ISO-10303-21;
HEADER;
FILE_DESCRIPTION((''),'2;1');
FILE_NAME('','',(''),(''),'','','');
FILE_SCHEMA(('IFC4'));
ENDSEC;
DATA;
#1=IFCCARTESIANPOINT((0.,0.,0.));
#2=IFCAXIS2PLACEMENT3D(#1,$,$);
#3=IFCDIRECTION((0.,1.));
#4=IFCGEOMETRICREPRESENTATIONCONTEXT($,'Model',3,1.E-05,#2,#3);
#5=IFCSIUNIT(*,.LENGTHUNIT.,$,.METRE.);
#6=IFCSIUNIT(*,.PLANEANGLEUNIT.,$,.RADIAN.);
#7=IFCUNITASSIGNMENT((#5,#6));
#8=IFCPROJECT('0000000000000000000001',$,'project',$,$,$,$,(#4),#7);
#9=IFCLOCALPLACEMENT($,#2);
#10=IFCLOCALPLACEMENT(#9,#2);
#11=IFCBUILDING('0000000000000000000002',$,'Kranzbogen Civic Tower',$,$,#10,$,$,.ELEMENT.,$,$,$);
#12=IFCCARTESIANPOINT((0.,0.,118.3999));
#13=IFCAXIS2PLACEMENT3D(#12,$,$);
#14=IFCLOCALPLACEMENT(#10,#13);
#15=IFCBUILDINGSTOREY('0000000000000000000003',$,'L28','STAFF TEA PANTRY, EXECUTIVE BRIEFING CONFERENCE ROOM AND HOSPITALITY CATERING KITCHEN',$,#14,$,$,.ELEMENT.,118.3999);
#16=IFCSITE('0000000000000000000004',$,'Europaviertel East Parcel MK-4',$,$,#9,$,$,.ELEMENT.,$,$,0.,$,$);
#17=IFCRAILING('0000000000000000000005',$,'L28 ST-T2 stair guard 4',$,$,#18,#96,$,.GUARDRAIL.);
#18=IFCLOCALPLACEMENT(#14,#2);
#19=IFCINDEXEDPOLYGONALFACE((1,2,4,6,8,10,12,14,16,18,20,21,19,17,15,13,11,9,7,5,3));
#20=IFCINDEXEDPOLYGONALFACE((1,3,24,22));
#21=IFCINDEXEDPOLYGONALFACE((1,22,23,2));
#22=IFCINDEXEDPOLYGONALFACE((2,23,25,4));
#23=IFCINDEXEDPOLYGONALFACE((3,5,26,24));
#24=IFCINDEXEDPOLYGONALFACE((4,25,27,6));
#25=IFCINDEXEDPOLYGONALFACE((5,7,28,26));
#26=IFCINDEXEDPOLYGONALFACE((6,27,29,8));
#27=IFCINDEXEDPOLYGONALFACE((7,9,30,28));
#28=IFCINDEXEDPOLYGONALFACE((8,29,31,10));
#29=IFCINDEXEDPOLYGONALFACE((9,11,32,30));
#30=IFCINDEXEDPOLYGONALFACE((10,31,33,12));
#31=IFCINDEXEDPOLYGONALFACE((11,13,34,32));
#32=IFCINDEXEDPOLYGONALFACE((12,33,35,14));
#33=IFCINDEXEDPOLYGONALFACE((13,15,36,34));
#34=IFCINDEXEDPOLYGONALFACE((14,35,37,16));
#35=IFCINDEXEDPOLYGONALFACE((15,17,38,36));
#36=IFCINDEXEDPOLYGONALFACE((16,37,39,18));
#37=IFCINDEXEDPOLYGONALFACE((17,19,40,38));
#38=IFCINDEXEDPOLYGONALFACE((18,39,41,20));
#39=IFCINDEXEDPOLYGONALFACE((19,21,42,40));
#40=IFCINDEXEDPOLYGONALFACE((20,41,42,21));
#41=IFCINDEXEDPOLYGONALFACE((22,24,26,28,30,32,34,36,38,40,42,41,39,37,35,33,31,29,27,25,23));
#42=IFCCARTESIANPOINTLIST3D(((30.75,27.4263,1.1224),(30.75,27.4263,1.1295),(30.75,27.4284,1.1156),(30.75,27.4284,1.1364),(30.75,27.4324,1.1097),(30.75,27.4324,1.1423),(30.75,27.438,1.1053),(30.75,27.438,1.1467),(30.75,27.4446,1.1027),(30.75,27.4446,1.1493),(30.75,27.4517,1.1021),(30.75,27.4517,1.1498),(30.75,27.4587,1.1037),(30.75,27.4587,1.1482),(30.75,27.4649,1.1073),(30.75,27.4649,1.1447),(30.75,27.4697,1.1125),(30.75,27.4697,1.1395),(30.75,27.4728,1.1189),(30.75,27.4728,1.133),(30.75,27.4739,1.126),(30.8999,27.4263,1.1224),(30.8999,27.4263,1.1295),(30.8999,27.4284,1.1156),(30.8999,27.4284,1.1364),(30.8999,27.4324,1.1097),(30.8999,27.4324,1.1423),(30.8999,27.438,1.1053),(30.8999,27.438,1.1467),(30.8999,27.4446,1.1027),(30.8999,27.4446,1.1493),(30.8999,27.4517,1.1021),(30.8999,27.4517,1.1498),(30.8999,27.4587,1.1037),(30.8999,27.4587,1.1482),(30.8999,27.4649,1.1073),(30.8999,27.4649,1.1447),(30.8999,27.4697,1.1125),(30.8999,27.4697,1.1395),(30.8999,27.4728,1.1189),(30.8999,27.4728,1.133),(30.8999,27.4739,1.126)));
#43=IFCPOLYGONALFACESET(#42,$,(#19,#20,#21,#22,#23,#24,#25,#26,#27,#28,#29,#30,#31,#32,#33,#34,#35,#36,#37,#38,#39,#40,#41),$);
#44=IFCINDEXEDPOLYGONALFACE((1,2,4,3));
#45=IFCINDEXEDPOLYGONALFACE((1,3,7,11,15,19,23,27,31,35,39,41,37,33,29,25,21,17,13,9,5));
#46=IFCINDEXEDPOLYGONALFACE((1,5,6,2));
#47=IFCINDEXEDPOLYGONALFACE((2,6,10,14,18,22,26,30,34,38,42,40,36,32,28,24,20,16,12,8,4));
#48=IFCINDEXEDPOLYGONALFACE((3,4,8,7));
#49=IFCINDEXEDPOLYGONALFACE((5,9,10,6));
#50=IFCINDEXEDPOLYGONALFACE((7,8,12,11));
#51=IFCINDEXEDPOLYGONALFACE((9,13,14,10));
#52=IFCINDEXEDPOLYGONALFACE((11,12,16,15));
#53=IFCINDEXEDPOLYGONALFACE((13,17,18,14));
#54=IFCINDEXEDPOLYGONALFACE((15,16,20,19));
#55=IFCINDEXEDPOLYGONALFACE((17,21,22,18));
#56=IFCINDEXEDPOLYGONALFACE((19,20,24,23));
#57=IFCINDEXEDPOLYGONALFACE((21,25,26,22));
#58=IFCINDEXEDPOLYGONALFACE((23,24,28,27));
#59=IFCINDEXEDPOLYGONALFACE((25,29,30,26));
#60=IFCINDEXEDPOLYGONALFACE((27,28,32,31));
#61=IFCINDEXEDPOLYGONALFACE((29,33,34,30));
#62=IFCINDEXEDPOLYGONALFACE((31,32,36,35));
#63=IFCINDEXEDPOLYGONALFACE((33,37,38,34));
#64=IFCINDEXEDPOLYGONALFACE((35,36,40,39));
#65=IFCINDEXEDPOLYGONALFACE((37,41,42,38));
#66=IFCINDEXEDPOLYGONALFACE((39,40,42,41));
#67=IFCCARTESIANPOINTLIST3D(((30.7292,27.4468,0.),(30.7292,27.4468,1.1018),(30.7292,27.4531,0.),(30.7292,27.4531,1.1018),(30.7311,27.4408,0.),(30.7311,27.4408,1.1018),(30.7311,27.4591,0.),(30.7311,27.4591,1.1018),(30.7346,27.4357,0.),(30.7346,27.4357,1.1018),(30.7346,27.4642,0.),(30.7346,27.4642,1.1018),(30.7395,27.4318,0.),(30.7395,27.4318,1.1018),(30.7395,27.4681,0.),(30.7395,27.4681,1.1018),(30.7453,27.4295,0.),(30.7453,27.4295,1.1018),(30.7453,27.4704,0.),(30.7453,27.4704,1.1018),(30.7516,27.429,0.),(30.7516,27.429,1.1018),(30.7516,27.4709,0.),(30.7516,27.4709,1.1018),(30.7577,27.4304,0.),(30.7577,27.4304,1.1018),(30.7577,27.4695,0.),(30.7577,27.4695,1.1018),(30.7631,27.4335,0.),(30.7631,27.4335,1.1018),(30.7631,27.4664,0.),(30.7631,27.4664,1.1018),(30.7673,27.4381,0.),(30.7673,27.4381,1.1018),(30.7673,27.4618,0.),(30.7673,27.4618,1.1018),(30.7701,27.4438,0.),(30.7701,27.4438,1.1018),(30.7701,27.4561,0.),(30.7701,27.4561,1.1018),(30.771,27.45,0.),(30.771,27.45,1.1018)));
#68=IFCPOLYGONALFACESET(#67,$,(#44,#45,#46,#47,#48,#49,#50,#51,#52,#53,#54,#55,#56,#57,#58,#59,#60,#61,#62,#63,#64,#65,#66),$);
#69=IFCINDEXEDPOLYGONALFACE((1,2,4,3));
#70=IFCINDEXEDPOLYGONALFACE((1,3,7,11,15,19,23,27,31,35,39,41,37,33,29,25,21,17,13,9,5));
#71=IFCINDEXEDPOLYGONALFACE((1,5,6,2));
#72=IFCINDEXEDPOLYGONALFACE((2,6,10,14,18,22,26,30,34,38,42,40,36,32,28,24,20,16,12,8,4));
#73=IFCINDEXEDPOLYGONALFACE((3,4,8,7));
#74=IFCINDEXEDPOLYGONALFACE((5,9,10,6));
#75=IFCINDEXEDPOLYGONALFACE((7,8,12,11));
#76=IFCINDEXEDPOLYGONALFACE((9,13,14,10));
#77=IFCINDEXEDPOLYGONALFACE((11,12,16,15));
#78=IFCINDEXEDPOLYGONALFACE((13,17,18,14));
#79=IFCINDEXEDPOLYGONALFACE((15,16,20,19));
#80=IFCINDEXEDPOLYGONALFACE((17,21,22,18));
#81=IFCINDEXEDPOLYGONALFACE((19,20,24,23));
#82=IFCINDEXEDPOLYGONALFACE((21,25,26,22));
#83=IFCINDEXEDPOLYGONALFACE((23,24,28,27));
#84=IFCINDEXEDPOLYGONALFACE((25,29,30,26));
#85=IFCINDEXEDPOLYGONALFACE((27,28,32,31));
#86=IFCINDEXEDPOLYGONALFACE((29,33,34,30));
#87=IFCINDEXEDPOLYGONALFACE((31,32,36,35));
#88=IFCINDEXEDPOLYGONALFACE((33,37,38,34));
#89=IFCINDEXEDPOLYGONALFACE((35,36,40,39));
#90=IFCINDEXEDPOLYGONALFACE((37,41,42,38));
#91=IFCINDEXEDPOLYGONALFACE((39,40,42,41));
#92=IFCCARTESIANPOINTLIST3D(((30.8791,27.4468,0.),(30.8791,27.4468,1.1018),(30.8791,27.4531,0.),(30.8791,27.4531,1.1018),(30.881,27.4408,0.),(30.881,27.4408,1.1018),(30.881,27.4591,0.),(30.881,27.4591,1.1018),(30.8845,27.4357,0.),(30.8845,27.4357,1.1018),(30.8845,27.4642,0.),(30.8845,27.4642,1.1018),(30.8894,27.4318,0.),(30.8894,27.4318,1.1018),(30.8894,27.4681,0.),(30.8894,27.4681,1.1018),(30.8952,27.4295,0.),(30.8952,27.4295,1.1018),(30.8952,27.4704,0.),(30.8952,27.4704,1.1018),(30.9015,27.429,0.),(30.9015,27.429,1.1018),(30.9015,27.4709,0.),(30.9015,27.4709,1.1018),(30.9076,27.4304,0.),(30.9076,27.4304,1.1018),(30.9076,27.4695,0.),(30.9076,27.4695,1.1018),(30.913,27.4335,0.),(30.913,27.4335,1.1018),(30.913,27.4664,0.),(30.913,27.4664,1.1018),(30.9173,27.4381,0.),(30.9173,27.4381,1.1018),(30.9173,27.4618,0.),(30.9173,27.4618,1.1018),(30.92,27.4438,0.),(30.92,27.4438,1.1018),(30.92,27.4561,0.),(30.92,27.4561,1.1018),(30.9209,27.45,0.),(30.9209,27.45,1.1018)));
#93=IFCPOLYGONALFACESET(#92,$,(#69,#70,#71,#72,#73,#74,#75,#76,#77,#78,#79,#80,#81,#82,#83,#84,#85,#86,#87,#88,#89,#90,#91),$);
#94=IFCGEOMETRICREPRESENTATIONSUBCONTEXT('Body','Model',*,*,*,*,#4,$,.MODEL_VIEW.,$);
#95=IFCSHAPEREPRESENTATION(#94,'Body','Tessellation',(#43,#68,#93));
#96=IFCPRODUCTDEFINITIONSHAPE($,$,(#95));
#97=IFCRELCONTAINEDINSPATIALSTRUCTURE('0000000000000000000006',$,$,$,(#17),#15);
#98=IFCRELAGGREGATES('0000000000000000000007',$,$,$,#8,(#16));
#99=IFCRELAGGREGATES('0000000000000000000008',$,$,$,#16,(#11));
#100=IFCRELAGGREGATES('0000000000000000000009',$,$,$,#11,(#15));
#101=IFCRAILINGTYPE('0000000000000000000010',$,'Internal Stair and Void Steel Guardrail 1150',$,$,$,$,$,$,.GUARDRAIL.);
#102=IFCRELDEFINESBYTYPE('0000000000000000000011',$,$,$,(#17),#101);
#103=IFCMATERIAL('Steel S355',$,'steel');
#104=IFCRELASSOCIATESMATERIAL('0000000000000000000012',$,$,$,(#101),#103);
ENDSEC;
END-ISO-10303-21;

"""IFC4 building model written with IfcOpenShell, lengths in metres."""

from ifc_helpers import new_model, si_unit, direction, frame, origin, origin_2d, place, context, subcontext, project, spatial, circle, extrude, material, type_object, element, save


model = new_model("IFC4")

# Units and contexts
model_context = context("Model", 3, precision=1e-05, world=origin(), true_north=direction((0.0, 1.0)))
body_context = subcontext(model_context, "Body", "Model", "MODEL_VIEW")
ifc_project = project(units=[si_unit("LENGTHUNIT", "METRE"), si_unit("PLANEANGLEUNIT", "RADIAN")], contexts=[model_context])

# Site, building, storey
site_placement = place(None, origin())
site = spatial("IfcSite", under=ifc_project, at=site_placement, Name="Europaviertel East Parcel MK-4", CompositionType="ELEMENT", RefElevation=0.0)
building_placement = place(site_placement, origin())
building = spatial("IfcBuilding", under=site, at=building_placement, Name="Kranzbogen Civic Tower", CompositionType="ELEMENT")
storey_placement = place(building_placement, frame((0.0, 0.0, 118.3999)))
storey = spatial("IfcBuildingStorey", under=building, at=storey_placement, Name="L28", Description="STAFF TEA PANTRY, EXECUTIVE BRIEFING CONFERENCE ROOM AND HOSPITALITY CATERING KITCHEN", CompositionType="ELEMENT", Elevation=118.3999)

# Shared definitions
ifc_material_1 = material(Name="Steel S355", Category="steel")

# Railing
railing_type_1 = type_object("IfcRailingType", Name="Internal Stair and Void Steel Guardrail 1150", PredefinedType="GUARDRAIL", material=ifc_material_1)
railing_1_placement = place(storey_placement, frame((30.75, 27.45, 0.0)))
element("IfcRailing", 1, at=railing_1_placement, inside=storey, type_object=railing_type_1, Name="L28 ST-T2 stair guard 4", PredefinedType="GUARDRAIL", context=body_context, shape_type="SweptSolid", body=[
    extrude(circle(Radius=0.0239, at=origin_2d()), frame((0.0, 0.0, 1.126), z_axis=(1.0, 0.0, 0.0), x_axis=(0.0, 1.0, 0.0)), (0.0, 0.0, 1.0), 0.1499),
    extrude(circle(Radius=0.021, at=origin_2d()), origin(), (0.0, 0.0, 1.0), 1.1018),
    extrude(circle(Radius=0.021, at=origin_2d()), frame((0.1499, 0.0, 0.0)), (0.0, 0.0, 1.0), 1.1018),
])

save(model, "model.ifc")
